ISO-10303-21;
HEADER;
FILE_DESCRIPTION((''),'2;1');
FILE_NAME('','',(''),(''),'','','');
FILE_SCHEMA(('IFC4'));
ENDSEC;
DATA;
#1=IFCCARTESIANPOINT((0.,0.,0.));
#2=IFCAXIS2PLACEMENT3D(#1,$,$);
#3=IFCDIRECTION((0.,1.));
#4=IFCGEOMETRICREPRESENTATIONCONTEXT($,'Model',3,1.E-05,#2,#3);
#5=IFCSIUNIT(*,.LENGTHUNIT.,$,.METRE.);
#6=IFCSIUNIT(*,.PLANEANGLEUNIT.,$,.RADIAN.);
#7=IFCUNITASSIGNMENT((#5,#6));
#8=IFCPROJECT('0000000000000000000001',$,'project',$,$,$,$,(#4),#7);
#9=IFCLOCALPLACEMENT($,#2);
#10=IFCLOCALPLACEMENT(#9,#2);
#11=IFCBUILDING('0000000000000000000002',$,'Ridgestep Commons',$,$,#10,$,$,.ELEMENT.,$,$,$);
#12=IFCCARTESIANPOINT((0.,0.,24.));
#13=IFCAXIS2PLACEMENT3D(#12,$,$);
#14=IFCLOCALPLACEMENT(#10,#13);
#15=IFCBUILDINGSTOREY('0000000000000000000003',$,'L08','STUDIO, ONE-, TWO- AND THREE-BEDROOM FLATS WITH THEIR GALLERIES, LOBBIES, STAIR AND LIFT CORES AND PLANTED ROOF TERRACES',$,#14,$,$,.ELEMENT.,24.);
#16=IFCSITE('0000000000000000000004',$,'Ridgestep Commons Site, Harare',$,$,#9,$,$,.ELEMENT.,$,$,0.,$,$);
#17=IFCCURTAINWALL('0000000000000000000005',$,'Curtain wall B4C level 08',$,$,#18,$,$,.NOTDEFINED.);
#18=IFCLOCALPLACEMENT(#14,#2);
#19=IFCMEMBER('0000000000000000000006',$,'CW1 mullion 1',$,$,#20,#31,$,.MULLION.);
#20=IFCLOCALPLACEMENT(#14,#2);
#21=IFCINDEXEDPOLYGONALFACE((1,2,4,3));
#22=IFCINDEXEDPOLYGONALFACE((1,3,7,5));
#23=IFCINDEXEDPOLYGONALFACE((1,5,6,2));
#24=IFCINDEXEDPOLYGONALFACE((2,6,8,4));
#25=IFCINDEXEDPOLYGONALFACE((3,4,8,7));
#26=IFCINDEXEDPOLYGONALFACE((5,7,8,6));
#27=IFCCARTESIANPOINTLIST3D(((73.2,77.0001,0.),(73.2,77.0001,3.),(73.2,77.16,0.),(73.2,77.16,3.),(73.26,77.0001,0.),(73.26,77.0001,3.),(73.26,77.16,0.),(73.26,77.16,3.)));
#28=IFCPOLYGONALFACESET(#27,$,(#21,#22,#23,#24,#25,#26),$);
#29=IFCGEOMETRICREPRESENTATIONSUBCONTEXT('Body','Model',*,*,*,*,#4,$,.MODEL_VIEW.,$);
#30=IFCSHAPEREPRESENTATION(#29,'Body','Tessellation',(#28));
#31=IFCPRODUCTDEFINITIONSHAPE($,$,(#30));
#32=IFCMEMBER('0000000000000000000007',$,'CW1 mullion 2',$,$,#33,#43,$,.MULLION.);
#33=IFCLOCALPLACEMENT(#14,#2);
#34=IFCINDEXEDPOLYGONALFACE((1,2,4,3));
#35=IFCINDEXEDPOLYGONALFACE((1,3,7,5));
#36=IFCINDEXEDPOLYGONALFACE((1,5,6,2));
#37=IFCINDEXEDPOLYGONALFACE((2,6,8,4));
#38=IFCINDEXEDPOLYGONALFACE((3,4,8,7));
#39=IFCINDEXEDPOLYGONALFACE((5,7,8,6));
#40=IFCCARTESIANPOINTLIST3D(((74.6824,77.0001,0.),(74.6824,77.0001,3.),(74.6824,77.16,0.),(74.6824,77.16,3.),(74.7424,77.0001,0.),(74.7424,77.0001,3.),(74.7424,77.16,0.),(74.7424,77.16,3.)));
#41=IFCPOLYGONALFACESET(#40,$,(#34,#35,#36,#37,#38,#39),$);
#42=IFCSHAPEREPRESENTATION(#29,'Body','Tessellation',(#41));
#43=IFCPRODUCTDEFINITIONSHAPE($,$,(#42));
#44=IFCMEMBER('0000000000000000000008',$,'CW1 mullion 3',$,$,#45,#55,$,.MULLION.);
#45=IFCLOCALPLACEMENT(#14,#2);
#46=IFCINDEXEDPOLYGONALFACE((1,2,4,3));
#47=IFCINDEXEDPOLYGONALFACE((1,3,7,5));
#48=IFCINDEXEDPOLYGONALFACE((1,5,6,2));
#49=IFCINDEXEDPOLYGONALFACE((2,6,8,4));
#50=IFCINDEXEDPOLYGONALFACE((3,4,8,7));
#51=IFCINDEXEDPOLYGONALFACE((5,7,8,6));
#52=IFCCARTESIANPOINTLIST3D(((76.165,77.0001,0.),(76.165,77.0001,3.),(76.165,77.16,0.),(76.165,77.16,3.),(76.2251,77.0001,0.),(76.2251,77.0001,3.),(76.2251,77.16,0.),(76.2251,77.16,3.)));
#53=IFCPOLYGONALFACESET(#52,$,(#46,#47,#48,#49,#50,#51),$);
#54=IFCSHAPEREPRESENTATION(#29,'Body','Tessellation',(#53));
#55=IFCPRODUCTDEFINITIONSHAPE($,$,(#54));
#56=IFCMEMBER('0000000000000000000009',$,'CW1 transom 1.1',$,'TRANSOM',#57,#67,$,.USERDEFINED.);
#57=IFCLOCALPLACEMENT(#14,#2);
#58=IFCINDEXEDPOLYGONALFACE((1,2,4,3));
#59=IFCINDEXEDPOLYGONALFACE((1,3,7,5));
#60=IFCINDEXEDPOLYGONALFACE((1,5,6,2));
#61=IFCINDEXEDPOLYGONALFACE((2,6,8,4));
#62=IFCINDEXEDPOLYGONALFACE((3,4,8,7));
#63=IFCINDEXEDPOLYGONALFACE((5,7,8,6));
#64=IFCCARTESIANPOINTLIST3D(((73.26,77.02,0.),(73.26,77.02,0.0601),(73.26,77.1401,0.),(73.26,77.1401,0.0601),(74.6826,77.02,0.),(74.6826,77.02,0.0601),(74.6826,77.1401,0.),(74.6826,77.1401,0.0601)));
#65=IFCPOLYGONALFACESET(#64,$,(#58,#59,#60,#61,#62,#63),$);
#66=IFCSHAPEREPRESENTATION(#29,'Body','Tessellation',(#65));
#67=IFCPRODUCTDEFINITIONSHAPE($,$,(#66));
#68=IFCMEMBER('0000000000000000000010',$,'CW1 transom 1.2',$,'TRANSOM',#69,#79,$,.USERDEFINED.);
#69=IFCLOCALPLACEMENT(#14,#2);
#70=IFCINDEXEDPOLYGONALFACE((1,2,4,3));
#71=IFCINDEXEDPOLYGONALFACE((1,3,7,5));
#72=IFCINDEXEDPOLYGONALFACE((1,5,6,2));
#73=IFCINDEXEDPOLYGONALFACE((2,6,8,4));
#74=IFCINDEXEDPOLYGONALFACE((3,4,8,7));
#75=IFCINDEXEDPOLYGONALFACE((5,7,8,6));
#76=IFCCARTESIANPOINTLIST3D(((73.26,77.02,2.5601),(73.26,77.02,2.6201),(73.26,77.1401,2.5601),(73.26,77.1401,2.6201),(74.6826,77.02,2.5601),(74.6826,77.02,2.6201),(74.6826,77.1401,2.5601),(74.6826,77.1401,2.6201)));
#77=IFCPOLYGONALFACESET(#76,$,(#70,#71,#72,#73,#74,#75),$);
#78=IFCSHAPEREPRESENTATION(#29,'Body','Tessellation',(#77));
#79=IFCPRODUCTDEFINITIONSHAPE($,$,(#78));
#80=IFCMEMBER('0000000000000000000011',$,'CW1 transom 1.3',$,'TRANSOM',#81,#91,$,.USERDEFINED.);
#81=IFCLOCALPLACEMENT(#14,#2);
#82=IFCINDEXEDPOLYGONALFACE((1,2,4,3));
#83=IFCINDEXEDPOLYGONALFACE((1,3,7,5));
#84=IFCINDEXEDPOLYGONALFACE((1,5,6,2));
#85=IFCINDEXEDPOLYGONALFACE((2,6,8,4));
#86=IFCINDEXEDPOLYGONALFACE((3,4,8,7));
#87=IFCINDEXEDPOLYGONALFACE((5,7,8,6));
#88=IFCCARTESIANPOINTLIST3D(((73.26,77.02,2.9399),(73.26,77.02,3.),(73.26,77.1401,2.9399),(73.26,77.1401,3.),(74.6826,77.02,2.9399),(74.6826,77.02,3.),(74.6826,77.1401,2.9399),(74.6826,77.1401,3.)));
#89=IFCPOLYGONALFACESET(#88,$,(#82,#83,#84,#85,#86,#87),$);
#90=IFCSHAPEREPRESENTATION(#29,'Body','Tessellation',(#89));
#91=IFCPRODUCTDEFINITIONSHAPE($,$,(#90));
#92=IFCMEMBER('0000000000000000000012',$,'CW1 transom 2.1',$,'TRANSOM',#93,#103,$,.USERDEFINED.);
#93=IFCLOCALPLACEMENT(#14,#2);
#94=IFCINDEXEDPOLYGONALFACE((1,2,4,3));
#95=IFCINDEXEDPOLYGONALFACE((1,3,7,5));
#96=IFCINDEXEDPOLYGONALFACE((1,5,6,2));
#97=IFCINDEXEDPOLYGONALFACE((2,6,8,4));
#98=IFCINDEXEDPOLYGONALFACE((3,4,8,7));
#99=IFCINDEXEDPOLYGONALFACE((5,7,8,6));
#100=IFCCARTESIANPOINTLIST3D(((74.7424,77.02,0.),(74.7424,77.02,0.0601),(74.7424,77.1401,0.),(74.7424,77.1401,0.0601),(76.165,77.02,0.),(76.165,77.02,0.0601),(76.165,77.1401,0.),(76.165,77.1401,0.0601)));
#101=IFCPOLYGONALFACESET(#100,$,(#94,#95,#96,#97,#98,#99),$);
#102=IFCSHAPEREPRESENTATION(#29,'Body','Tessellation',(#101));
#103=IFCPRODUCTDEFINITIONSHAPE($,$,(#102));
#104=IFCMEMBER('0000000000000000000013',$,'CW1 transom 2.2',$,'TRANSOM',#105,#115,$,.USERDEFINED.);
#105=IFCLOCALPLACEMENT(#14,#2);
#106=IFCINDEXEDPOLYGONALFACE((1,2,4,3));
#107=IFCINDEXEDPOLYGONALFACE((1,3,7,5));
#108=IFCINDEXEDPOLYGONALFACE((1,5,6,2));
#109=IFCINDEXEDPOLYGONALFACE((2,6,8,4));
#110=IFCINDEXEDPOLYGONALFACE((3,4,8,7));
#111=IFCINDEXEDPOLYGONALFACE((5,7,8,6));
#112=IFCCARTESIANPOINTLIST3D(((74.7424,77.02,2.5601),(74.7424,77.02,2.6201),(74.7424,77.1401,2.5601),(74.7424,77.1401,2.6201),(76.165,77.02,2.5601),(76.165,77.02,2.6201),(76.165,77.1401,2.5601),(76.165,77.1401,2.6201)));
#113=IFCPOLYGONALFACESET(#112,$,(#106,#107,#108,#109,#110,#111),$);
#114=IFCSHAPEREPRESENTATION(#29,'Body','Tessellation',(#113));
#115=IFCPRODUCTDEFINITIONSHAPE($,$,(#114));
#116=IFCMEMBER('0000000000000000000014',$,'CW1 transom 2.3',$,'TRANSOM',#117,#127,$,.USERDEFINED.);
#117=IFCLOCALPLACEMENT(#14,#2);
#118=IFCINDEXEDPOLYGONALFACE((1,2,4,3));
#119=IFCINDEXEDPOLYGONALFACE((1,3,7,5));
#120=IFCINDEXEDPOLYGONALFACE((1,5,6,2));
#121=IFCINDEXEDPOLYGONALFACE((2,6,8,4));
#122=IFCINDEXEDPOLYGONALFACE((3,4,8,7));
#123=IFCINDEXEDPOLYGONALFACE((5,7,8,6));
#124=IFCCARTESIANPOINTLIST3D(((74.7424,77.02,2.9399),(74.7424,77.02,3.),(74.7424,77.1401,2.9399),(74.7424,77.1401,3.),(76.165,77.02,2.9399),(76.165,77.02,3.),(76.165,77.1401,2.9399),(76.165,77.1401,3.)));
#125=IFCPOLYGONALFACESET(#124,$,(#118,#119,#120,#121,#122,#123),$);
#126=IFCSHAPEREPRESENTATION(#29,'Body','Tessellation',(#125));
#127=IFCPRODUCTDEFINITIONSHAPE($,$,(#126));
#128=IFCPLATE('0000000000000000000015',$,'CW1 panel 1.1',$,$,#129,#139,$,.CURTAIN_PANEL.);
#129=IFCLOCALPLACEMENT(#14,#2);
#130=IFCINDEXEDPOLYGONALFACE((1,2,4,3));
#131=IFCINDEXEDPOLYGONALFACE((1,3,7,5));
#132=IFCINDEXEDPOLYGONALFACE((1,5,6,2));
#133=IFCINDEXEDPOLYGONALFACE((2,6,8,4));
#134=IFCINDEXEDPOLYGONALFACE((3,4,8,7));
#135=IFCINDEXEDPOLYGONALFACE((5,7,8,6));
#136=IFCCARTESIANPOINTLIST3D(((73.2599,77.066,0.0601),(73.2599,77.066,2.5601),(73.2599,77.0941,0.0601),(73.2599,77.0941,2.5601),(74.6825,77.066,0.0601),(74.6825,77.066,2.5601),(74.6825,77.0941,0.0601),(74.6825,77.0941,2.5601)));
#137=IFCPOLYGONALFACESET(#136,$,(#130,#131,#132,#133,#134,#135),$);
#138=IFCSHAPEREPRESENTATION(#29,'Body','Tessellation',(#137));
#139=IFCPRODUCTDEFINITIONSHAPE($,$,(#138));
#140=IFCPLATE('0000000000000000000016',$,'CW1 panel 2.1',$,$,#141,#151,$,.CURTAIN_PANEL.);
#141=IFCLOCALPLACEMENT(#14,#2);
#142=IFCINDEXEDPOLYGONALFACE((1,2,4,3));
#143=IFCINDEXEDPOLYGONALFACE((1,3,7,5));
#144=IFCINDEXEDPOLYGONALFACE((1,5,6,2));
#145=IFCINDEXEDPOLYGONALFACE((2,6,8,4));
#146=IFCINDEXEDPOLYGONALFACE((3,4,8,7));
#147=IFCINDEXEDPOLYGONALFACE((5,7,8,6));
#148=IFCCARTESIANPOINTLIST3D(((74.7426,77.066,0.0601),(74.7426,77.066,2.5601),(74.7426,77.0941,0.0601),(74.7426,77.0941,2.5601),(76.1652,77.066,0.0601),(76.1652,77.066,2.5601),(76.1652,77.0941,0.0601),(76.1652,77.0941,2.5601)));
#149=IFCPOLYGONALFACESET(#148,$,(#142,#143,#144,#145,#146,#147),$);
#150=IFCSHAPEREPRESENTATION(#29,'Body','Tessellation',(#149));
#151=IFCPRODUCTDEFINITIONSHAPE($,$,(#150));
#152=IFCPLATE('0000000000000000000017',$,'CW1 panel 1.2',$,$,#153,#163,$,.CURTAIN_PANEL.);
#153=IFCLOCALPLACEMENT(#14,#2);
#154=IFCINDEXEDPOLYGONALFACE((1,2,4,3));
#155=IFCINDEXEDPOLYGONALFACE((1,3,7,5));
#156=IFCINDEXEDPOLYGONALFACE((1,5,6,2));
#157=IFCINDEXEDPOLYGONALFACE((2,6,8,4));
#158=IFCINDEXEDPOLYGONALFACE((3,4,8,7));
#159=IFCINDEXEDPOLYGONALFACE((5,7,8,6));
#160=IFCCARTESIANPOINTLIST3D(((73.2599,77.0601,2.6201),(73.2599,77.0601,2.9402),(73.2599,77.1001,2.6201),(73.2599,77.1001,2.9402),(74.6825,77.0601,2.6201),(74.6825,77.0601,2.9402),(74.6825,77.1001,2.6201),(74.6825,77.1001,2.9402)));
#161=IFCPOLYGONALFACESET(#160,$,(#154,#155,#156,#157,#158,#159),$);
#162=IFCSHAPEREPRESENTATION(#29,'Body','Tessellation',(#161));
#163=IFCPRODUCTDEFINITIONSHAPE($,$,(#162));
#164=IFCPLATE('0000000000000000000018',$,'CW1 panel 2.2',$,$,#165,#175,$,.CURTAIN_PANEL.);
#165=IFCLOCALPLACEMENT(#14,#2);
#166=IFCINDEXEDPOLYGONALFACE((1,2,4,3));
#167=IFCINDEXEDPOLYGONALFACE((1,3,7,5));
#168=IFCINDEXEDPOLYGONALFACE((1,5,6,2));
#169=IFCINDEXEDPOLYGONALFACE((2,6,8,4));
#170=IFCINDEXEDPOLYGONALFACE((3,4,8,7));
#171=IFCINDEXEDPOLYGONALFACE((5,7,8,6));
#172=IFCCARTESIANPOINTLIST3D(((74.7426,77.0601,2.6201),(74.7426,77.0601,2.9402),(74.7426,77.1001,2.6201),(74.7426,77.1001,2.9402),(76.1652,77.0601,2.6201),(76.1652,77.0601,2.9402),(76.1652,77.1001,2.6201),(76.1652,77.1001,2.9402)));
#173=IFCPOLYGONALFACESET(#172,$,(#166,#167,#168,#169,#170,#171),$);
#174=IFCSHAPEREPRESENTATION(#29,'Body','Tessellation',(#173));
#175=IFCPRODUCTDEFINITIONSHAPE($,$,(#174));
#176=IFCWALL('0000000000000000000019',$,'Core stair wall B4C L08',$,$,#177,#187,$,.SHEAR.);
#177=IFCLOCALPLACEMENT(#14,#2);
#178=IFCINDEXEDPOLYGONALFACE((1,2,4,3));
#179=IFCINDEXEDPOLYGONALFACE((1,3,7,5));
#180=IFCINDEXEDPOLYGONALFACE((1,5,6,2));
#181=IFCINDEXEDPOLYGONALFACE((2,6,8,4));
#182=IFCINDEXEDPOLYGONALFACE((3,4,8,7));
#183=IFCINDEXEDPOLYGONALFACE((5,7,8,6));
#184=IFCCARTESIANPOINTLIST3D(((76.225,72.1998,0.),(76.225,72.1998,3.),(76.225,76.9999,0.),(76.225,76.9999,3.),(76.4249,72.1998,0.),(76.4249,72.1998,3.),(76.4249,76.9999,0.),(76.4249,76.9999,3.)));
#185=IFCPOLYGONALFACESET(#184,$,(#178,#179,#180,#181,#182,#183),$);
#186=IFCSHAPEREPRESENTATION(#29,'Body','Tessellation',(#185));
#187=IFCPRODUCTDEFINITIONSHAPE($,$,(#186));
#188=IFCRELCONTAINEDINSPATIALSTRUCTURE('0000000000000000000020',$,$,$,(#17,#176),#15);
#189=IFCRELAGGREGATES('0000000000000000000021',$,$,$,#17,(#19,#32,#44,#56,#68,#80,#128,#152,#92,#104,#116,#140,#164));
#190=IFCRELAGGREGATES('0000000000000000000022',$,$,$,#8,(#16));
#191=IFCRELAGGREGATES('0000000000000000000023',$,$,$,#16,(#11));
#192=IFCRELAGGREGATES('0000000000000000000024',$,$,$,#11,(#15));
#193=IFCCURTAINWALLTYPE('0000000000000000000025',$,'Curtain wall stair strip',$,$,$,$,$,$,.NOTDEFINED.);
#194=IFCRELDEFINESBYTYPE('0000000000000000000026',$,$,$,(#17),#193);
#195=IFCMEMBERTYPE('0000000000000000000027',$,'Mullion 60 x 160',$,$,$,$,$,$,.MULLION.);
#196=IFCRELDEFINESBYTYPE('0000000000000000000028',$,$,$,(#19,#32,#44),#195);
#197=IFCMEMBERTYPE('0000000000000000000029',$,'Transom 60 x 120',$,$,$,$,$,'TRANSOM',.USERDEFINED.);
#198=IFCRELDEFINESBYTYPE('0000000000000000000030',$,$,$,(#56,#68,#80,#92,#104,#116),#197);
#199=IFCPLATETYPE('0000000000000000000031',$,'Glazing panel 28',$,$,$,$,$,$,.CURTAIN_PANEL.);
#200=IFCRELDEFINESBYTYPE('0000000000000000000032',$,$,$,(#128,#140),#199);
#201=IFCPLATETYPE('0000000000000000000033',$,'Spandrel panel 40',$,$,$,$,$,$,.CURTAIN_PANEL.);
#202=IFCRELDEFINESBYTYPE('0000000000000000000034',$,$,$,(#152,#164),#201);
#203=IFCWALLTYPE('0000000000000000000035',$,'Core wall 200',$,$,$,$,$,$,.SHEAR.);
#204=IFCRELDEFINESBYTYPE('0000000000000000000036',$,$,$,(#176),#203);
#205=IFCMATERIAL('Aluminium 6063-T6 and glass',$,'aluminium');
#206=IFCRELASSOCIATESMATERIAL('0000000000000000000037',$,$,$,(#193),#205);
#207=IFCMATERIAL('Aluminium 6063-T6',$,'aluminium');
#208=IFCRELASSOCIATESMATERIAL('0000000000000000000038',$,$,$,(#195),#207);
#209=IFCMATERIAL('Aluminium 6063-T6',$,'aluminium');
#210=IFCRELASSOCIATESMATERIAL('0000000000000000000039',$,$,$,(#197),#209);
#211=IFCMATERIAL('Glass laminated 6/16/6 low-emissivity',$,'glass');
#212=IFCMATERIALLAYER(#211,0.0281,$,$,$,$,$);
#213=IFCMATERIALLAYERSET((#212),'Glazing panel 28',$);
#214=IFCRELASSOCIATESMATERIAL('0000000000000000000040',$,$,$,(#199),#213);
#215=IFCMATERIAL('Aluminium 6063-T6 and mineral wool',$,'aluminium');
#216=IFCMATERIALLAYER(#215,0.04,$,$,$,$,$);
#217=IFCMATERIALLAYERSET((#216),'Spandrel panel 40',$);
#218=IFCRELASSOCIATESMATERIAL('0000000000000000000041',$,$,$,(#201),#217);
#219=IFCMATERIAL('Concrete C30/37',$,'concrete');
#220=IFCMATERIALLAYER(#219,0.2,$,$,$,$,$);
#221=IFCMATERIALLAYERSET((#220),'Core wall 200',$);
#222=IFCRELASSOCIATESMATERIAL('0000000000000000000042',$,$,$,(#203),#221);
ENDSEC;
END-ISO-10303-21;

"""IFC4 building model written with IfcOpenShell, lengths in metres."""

from ifc_helpers import new_model, si_unit, direction, frame, frame_2d, origin, origin_2d, place, context, subcontext, project, spatial, rectangle, extrude, material, layer, layer_set, material_profile, profile_set, type_object, element, aggregate, save


model = new_model("IFC4")

# Units and contexts
model_context = context("Model", 3, precision=1e-05, world=origin(), true_north=direction((0.0, 1.0)))
body_context = subcontext(model_context, "Body", "Model", "MODEL_VIEW")
ifc_project = project(units=[si_unit("LENGTHUNIT", "METRE"), si_unit("PLANEANGLEUNIT", "RADIAN")], contexts=[model_context])

# Site, building, storey
site_placement = place(None, origin())
site = spatial("IfcSite", under=ifc_project, at=site_placement, Name="Ridgestep Commons Site, Harare", CompositionType="ELEMENT", RefElevation=0.0)
building_placement = place(site_placement, origin())
building = spatial("IfcBuilding", under=site, at=building_placement, Name="Ridgestep Commons", CompositionType="ELEMENT")
storey_placement = place(building_placement, frame((0.0, 0.0, 24.0)))
storey = spatial("IfcBuildingStorey", under=building, at=storey_placement, Name="L08", Description="STUDIO, ONE-, TWO- AND THREE-BEDROOM FLATS WITH THEIR GALLERIES, LOBBIES, STAIR AND LIFT CORES AND PLANTED ROOF TERRACES", CompositionType="ELEMENT", Elevation=24.0)

# Curtain wall, members, plates
ifc_material_1 = material(Name="Aluminium 6063-T6 and glass", Category="aluminium")
curtain_wall_type = type_object("IfcCurtainWallType", Name="Curtain wall stair strip", PredefinedType="NOTDEFINED", material=ifc_material_1)
curtain_wall_placement = place(storey_placement, origin())
curtain_wall = element("IfcCurtainWall", 1, at=curtain_wall_placement, inside=storey, type_object=curtain_wall_type, Name="Curtain wall B4C level 08", PredefinedType="NOTDEFINED")
ifc_material_2 = material(Name="Aluminium 6063-T6", Category="aluminium")
ifc_material_profile_1 = material_profile(ifc_material_2, rectangle(XDim=0.1599, YDim=0.0601, at=origin_2d()), Name="Mullion 60 x 160")
ifc_profile_set_1 = profile_set([ifc_material_profile_1], Name="Aluminium 6063-T6")
member_type_1 = type_object("IfcMemberType", Name="Mullion 60 x 160", PredefinedType="MULLION", material=ifc_profile_set_1)
member_1_placement = place(storey_placement, frame((73.23, 77.0801, 0.0), z_axis=(0.0, 0.0, 1.0), x_axis=(0.0, 1.0, 0.0)))
member_1 = element("IfcMember", 2, at=member_1_placement, type_object=member_type_1, Name="CW1 mullion 1", PredefinedType="MULLION", context=body_context, shape_type="SweptSolid", body=[
    extrude(rectangle(XDim=0.1599, YDim=0.0601, at=origin_2d()), origin(), (0.0, 0.0, 1.0), 3.0),
])
member_2_placement = place(storey_placement, frame((74.7124, 77.0801, 0.0), z_axis=(0.0, 0.0, 1.0), x_axis=(0.0, 1.0, 0.0)))
member_2 = element("IfcMember", 3, at=member_2_placement, type_object=member_type_1, Name="CW1 mullion 2", PredefinedType="MULLION", context=body_context, shape_type="SweptSolid", body=[
    extrude(rectangle(XDim=0.1599, YDim=0.0601, at=origin_2d()), origin(), (0.0, 0.0, 1.0), 3.0),
])
member_3_placement = place(storey_placement, frame((76.1951, 77.0801, 0.0), z_axis=(0.0, 0.0, 1.0), x_axis=(0.0, 1.0, 0.0)))
member_3 = element("IfcMember", 4, at=member_3_placement, type_object=member_type_1, Name="CW1 mullion 3", PredefinedType="MULLION", context=body_context, shape_type="SweptSolid", body=[
    extrude(rectangle(XDim=0.1599, YDim=0.0601, at=origin_2d()), origin(), (0.0, 0.0, 1.0), 3.0),
])
ifc_material_3 = material(Name="Aluminium 6063-T6", Category="aluminium")
ifc_material_profile_2 = material_profile(ifc_material_3, rectangle(XDim=0.1201, YDim=0.0601, at=origin_2d()), Name="Transom 60 x 120")
ifc_profile_set_2 = profile_set([ifc_material_profile_2], Name="Aluminium 6063-T6")
member_type_2 = type_object("IfcMemberType", Name="Transom 60 x 120", ElementType="TRANSOM", PredefinedType="USERDEFINED", material=ifc_profile_set_2)
member_4_placement = place(storey_placement, frame((73.26, 77.0801, 0.03), z_axis=(1.0, 0.0, 0.0), x_axis=(0.0, 1.0, 0.0)))
member_4 = element("IfcMember", 5, at=member_4_placement, type_object=member_type_2, Name="CW1 transom 1.1", ObjectType="TRANSOM", PredefinedType="USERDEFINED", context=body_context, shape_type="SweptSolid", body=[
    extrude(rectangle(XDim=0.1201, YDim=0.0601, at=origin_2d()), origin(), (0.0, 0.0, 1.0), 1.4226),
])
member_5_placement = place(storey_placement, frame((73.26, 77.0801, 2.5901), z_axis=(1.0, 0.0, 0.0), x_axis=(0.0, 1.0, 0.0)))
member_5 = element("IfcMember", 6, at=member_5_placement, type_object=member_type_2, Name="CW1 transom 1.2", ObjectType="TRANSOM", PredefinedType="USERDEFINED", context=body_context, shape_type="SweptSolid", body=[
    extrude(rectangle(XDim=0.1201, YDim=0.0601, at=origin_2d()), origin(), (0.0, 0.0, 1.0), 1.4226),
])
member_6_placement = place(storey_placement, frame((73.26, 77.0801, 2.97), z_axis=(1.0, 0.0, 0.0), x_axis=(0.0, 1.0, 0.0)))
member_6 = element("IfcMember", 7, at=member_6_placement, type_object=member_type_2, Name="CW1 transom 1.3", ObjectType="TRANSOM", PredefinedType="USERDEFINED", context=body_context, shape_type="SweptSolid", body=[
    extrude(rectangle(XDim=0.1201, YDim=0.0601, at=origin_2d()), origin(), (0.0, 0.0, 1.0), 1.4226),
])
member_7_placement = place(storey_placement, frame((74.7424, 77.0801, 0.03), z_axis=(1.0, 0.0, 0.0), x_axis=(0.0, 1.0, 0.0)))
member_7 = element("IfcMember", 8, at=member_7_placement, type_object=member_type_2, Name="CW1 transom 2.1", ObjectType="TRANSOM", PredefinedType="USERDEFINED", context=body_context, shape_type="SweptSolid", body=[
    extrude(rectangle(XDim=0.1201, YDim=0.0601, at=origin_2d()), origin(), (0.0, 0.0, 1.0), 1.4226),
])
member_8_placement = place(storey_placement, frame((74.7424, 77.0801, 2.5901), z_axis=(1.0, 0.0, 0.0), x_axis=(0.0, 1.0, 0.0)))
member_8 = element("IfcMember", 9, at=member_8_placement, type_object=member_type_2, Name="CW1 transom 2.2", ObjectType="TRANSOM", PredefinedType="USERDEFINED", context=body_context, shape_type="SweptSolid", body=[
    extrude(rectangle(XDim=0.1201, YDim=0.0601, at=origin_2d()), origin(), (0.0, 0.0, 1.0), 1.4226),
])
member_9_placement = place(storey_placement, frame((74.7424, 77.0801, 2.97), z_axis=(1.0, 0.0, 0.0), x_axis=(0.0, 1.0, 0.0)))
member_9 = element("IfcMember", 10, at=member_9_placement, type_object=member_type_2, Name="CW1 transom 2.3", ObjectType="TRANSOM", PredefinedType="USERDEFINED", context=body_context, shape_type="SweptSolid", body=[
    extrude(rectangle(XDim=0.1201, YDim=0.0601, at=origin_2d()), origin(), (0.0, 0.0, 1.0), 1.4226),
])
ifc_material_4 = material(Name="Glass laminated 6/16/6 low-emissivity", Category="glass")
ifc_layer_1 = layer(ifc_material_4, 0.0281)
ifc_layer_set_1 = layer_set([ifc_layer_1], Name="Glazing panel 28")
plate_type_1 = type_object("IfcPlateType", Name="Glazing panel 28", PredefinedType="CURTAIN_PANEL", material=ifc_layer_set_1)
plate_1_placement = place(storey_placement, frame((73.9712, 77.0801, 0.0601), z_axis=(0.0, 0.0, 1.0), x_axis=(1.0, 0.0, 0.0)))
plate_1 = element("IfcPlate", 11, at=plate_1_placement, type_object=plate_type_1, Name="CW1 panel 1.1", PredefinedType="CURTAIN_PANEL", context=body_context, shape_type="SweptSolid", body=[
    extrude(rectangle(XDim=1.4226, YDim=0.0281, at=origin_2d()), origin(), (0.0, 0.0, 1.0), 2.5),
])
plate_2_placement = place(storey_placement, frame((75.4539, 77.0801, 0.0601), z_axis=(0.0, 0.0, 1.0), x_axis=(1.0, 0.0, 0.0)))
plate_2 = element("IfcPlate", 12, at=plate_2_placement, type_object=plate_type_1, Name="CW1 panel 2.1", PredefinedType="CURTAIN_PANEL", context=body_context, shape_type="SweptSolid", body=[
    extrude(rectangle(XDim=1.4226, YDim=0.0281, at=origin_2d()), origin(), (0.0, 0.0, 1.0), 2.5),
])
ifc_material_5 = material(Name="Aluminium 6063-T6 and mineral wool", Category="aluminium")
ifc_layer_2 = layer(ifc_material_5, 0.04)
ifc_layer_set_2 = layer_set([ifc_layer_2], Name="Spandrel panel 40")
plate_type_2 = type_object("IfcPlateType", Name="Spandrel panel 40", PredefinedType="CURTAIN_PANEL", material=ifc_layer_set_2)
plate_3_placement = place(storey_placement, frame((73.9712, 77.0801, 2.6201), z_axis=(0.0, 0.0, 1.0), x_axis=(1.0, 0.0, 0.0)))
plate_3 = element("IfcPlate", 13, at=plate_3_placement, type_object=plate_type_2, Name="CW1 panel 1.2", PredefinedType="CURTAIN_PANEL", context=body_context, shape_type="SweptSolid", body=[
    extrude(rectangle(XDim=1.4226, YDim=0.04, at=origin_2d()), origin(), (0.0, 0.0, 1.0), 0.3201),
])
plate_4_placement = place(storey_placement, frame((75.4539, 77.0801, 2.6201), z_axis=(0.0, 0.0, 1.0), x_axis=(1.0, 0.0, 0.0)))
plate_4 = element("IfcPlate", 14, at=plate_4_placement, type_object=plate_type_2, Name="CW1 panel 2.2", PredefinedType="CURTAIN_PANEL", context=body_context, shape_type="SweptSolid", body=[
    extrude(rectangle(XDim=1.4226, YDim=0.04, at=origin_2d()), origin(), (0.0, 0.0, 1.0), 0.3201),
])
aggregate(curtain_wall, [member_1, member_2, member_3, member_4, member_5, member_6, plate_1, plate_3, member_7, member_8, member_9, plate_2, plate_4])

# Wall
ifc_material_6 = material(Name="Concrete C30/37", Category="concrete")
ifc_layer_3 = layer(ifc_material_6, 0.2)
ifc_layer_set_3 = layer_set([ifc_layer_3], Name="Core wall 200")
wall_type_1 = type_object("IfcWallType", Name="Core wall 200", PredefinedType="SHEAR", material=ifc_layer_set_3)
wall_1_placement = place(storey_placement, frame((76.325, 72.2, 0.0), z_axis=(0.0, 0.0, 1.0), x_axis=(0.0, 1.0, 0.0)))
element("IfcWall", 15, at=wall_1_placement, inside=storey, type_object=wall_type_1, Name="Core stair wall B4C L08", PredefinedType="SHEAR", context=body_context, shape_type="SweptSolid", body=[
    extrude(rectangle(XDim=4.8, YDim=0.2, at=frame_2d((2.3999, 0.0))), origin(), (0.0, 0.0, 1.0), 3.0),
])

save(model, "model.ifc")
